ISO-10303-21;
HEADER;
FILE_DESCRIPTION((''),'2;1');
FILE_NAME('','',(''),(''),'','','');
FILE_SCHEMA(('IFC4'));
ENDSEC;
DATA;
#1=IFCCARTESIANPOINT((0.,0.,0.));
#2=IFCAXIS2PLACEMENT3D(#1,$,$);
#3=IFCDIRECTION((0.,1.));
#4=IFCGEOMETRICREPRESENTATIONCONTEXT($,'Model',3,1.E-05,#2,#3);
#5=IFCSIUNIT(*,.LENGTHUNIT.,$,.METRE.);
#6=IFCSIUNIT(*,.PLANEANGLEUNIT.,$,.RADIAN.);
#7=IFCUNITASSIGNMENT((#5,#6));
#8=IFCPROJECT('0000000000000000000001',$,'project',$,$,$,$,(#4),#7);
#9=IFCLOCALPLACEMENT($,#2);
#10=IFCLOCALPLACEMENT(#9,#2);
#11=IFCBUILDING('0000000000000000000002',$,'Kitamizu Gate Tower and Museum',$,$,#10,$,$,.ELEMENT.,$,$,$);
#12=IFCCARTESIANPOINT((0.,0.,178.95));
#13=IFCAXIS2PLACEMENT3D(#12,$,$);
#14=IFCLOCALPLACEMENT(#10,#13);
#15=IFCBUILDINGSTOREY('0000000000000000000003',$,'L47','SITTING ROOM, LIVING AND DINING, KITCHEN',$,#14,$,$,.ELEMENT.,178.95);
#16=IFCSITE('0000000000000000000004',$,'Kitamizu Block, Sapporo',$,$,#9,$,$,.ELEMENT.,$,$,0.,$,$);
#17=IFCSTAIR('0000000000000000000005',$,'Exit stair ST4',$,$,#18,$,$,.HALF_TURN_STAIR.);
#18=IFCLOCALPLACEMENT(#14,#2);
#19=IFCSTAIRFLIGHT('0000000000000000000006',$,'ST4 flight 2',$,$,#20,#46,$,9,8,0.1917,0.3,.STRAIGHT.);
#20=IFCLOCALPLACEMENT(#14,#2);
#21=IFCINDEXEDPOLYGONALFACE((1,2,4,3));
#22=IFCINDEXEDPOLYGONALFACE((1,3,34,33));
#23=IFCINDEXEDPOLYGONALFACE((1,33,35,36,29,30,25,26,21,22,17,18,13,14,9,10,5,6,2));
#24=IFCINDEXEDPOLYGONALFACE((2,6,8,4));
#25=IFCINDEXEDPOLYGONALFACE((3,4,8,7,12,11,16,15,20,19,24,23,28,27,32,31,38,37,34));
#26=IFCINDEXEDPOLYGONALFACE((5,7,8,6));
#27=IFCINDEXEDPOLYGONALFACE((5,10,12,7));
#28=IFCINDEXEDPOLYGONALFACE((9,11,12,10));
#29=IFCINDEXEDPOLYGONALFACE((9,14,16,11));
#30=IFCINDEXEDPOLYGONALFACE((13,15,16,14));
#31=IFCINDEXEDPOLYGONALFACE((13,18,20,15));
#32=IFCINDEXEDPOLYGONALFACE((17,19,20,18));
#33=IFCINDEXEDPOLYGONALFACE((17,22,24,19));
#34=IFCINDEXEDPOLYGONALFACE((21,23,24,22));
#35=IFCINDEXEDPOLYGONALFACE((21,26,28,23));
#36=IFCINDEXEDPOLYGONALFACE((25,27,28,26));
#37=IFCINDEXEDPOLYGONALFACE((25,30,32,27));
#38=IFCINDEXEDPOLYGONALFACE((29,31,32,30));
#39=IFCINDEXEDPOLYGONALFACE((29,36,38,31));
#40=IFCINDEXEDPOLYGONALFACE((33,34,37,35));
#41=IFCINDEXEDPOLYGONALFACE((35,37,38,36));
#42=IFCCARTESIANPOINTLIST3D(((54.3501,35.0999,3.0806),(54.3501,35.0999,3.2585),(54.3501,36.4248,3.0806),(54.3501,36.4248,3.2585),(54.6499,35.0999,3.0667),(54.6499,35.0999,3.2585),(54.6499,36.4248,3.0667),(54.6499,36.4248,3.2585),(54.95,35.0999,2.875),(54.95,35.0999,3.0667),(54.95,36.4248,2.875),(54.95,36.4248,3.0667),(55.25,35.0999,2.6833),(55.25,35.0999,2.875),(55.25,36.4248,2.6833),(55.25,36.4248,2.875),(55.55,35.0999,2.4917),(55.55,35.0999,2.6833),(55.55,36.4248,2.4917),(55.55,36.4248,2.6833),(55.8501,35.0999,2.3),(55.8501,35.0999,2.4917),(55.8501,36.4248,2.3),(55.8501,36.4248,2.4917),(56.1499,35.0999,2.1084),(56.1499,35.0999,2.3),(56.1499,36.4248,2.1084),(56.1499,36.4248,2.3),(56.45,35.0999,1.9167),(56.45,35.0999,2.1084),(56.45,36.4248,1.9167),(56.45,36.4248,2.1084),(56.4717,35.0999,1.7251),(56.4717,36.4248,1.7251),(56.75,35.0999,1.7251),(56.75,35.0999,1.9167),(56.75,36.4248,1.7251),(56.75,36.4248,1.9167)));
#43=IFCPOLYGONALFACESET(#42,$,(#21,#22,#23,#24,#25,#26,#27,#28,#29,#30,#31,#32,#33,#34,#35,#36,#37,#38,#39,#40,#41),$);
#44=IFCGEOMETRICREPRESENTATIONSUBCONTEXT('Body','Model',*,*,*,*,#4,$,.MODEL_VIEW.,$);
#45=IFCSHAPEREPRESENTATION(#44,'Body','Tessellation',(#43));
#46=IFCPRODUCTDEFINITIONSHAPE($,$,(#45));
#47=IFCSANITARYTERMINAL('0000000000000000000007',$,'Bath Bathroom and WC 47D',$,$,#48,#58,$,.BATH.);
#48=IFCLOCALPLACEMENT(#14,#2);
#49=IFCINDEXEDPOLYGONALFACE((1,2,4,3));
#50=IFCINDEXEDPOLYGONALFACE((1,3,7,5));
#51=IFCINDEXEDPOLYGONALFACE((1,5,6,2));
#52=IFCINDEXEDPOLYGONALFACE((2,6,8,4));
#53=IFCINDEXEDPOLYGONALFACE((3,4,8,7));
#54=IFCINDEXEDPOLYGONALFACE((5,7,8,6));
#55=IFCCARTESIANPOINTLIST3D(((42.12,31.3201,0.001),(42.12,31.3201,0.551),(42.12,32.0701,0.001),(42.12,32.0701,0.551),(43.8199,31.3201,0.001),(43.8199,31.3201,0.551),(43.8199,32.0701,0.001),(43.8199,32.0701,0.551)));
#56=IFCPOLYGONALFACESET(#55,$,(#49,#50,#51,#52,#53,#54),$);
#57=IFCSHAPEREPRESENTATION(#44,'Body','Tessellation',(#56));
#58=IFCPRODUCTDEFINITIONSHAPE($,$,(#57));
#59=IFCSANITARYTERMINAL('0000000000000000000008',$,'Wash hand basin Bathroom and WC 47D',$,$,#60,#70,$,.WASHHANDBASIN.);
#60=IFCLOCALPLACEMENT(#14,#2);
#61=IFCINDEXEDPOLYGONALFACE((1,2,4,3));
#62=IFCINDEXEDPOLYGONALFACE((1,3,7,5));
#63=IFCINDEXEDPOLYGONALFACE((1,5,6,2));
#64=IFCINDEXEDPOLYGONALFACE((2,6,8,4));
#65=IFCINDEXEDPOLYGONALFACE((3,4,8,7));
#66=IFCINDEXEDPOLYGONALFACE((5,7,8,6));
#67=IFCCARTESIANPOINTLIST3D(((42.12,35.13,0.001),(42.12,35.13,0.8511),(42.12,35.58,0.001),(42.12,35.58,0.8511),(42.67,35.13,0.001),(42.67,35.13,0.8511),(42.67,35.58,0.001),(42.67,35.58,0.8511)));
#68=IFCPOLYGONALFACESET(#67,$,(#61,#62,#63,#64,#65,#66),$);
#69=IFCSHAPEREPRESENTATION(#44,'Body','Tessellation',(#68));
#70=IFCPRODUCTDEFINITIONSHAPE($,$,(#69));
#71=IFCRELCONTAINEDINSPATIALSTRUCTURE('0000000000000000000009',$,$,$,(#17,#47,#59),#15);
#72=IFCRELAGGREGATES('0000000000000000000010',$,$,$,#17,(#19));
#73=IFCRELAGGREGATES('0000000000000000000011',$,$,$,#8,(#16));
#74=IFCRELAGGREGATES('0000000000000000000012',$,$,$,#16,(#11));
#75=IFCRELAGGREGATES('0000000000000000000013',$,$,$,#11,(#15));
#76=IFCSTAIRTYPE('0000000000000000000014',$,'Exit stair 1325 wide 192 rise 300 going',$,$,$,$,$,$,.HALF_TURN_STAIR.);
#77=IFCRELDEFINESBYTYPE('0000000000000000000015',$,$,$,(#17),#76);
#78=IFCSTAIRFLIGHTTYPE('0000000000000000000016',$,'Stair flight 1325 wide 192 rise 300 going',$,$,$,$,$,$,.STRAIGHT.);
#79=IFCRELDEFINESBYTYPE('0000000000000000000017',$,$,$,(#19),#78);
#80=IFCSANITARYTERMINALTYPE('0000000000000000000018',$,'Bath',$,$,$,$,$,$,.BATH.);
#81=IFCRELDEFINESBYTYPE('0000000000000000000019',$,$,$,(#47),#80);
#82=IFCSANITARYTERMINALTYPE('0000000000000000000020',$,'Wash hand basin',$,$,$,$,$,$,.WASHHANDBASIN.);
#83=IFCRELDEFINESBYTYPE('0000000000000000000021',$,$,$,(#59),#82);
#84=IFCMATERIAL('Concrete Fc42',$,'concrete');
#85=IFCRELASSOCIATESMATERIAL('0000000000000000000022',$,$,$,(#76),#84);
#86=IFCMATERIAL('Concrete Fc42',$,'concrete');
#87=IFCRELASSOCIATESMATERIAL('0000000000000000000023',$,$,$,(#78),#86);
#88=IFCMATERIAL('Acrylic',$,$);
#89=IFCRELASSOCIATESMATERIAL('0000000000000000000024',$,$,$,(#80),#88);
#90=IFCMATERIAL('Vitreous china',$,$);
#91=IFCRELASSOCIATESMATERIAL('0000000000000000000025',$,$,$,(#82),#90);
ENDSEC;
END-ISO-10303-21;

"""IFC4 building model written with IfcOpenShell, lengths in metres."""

from ifc_helpers import new_model, si_unit, direction, frame, origin, origin_2d, place, context, subcontext, project, spatial, polyline, rectangle, outline, extrude, material, type_object, element, aggregate, save


model = new_model("IFC4")

# Units and contexts
model_context = context("Model", 3, precision=1e-05, world=origin(), true_north=direction((0.0, 1.0)))
body_context = subcontext(model_context, "Body", "Model", "MODEL_VIEW")
ifc_project = project(units=[si_unit("LENGTHUNIT", "METRE"), si_unit("PLANEANGLEUNIT", "RADIAN")], contexts=[model_context])

# Site, building, storey
site_placement = place(None, origin())
site = spatial("IfcSite", under=ifc_project, at=site_placement, Name="Kitamizu Block, Sapporo", CompositionType="ELEMENT", RefElevation=0.0)
building_placement = place(site_placement, origin())
building = spatial("IfcBuilding", under=site, at=building_placement, Name="Kitamizu Gate Tower and Museum", CompositionType="ELEMENT")
storey_placement = place(building_placement, frame((0.0, 0.0, 178.95)))
storey = spatial("IfcBuildingStorey", under=building, at=storey_placement, Name="L47", Description="SITTING ROOM, LIVING AND DINING, KITCHEN", CompositionType="ELEMENT", Elevation=178.95)

# Stair, stair flight
ifc_material_1 = material(Name="Concrete Fc42", Category="concrete")
stair_type = type_object("IfcStairType", Name="Exit stair 1325 wide 192 rise 300 going", PredefinedType="HALF_TURN_STAIR", material=ifc_material_1)
stair_placement = place(storey_placement, origin())
stair = element("IfcStair", 1, at=stair_placement, inside=storey, type_object=stair_type, Name="Exit stair ST4", PredefinedType="HALF_TURN_STAIR")
ifc_material_2 = material(Name="Concrete Fc42", Category="concrete")
stair_flight_type = type_object("IfcStairFlightType", Name="Stair flight 1325 wide 192 rise 300 going", PredefinedType="STRAIGHT", material=ifc_material_2)
stair_flight_placement = place(storey_placement, frame((56.75, 35.7625, 1.7251), z_axis=(0.0, 0.0, 1.0), x_axis=(-1.0, 0.0, 0.0)))
stair_flight = element("IfcStairFlight", 2, at=stair_flight_placement, type_object=stair_flight_type, Name="ST4 flight 2", NumberOfRisers=9, NumberOfTreads=8, PredefinedType="STRAIGHT", RiserHeight=0.1917, TreadLength=0.3, context=body_context, shape_type="SweptSolid", body=[
    extrude(outline(polyline([(0.0, 0.0), (0.0, 0.1917), (0.3, 0.1917), (0.3, 0.3833), (0.6001, 0.3833), (0.6001, 0.575), (0.8999, 0.575), (0.8999, 0.7666), (1.2, 0.7666), (1.2, 0.9583), (1.5, 0.9583), (1.5, 1.1499), (1.8, 1.1499), (1.8, 1.3416), (2.1001, 1.3416), (2.1001, 1.5334), (2.3999, 1.5334), (2.3999, 1.7251), (2.3999, 1.3555), (0.2783, 0.0), (0.0, 0.0)])), frame((0.0, 0.6626, 0.0), z_axis=(0.0, -1.0, 0.0), x_axis=(1.0, 0.0, 0.0)), (0.0, 0.0, 1.0), 1.325),
])
aggregate(stair, [stair_flight])

# Sanitary terminals
ifc_material_3 = material(Name="Acrylic")
sanitary_terminal_type_1 = type_object("IfcSanitaryTerminalType", Name="Bath", PredefinedType="BATH", material=ifc_material_3)
sanitary_terminal_1_placement = place(storey_placement, frame((42.97, 31.6951, 0.001), z_axis=(0.0, 0.0, 1.0), x_axis=(1.0, 0.0, 0.0)))
element("IfcSanitaryTerminal", 3, at=sanitary_terminal_1_placement, inside=storey, type_object=sanitary_terminal_type_1, Name="Bath Bathroom and WC 47D", PredefinedType="BATH", context=body_context, shape_type="SweptSolid", body=[
    extrude(rectangle(XDim=1.7, YDim=0.75, at=origin_2d()), origin(), (0.0, 0.0, 1.0), 0.55),
])
ifc_material_4 = material(Name="Vitreous china")
sanitary_terminal_type_2 = type_object("IfcSanitaryTerminalType", Name="Wash hand basin", PredefinedType="WASHHANDBASIN", material=ifc_material_4)
sanitary_terminal_2_placement = place(storey_placement, frame((42.395, 35.355, 0.001), z_axis=(0.0, 0.0, 1.0), x_axis=(1.0, 0.0, 0.0)))
element("IfcSanitaryTerminal", 4, at=sanitary_terminal_2_placement, inside=storey, type_object=sanitary_terminal_type_2, Name="Wash hand basin Bathroom and WC 47D", PredefinedType="WASHHANDBASIN", context=body_context, shape_type="SweptSolid", body=[
    extrude(rectangle(XDim=0.55, YDim=0.45, at=origin_2d()), origin(), (0.0, 0.0, 1.0), 0.8501),
])

save(model, "model.ifc")
